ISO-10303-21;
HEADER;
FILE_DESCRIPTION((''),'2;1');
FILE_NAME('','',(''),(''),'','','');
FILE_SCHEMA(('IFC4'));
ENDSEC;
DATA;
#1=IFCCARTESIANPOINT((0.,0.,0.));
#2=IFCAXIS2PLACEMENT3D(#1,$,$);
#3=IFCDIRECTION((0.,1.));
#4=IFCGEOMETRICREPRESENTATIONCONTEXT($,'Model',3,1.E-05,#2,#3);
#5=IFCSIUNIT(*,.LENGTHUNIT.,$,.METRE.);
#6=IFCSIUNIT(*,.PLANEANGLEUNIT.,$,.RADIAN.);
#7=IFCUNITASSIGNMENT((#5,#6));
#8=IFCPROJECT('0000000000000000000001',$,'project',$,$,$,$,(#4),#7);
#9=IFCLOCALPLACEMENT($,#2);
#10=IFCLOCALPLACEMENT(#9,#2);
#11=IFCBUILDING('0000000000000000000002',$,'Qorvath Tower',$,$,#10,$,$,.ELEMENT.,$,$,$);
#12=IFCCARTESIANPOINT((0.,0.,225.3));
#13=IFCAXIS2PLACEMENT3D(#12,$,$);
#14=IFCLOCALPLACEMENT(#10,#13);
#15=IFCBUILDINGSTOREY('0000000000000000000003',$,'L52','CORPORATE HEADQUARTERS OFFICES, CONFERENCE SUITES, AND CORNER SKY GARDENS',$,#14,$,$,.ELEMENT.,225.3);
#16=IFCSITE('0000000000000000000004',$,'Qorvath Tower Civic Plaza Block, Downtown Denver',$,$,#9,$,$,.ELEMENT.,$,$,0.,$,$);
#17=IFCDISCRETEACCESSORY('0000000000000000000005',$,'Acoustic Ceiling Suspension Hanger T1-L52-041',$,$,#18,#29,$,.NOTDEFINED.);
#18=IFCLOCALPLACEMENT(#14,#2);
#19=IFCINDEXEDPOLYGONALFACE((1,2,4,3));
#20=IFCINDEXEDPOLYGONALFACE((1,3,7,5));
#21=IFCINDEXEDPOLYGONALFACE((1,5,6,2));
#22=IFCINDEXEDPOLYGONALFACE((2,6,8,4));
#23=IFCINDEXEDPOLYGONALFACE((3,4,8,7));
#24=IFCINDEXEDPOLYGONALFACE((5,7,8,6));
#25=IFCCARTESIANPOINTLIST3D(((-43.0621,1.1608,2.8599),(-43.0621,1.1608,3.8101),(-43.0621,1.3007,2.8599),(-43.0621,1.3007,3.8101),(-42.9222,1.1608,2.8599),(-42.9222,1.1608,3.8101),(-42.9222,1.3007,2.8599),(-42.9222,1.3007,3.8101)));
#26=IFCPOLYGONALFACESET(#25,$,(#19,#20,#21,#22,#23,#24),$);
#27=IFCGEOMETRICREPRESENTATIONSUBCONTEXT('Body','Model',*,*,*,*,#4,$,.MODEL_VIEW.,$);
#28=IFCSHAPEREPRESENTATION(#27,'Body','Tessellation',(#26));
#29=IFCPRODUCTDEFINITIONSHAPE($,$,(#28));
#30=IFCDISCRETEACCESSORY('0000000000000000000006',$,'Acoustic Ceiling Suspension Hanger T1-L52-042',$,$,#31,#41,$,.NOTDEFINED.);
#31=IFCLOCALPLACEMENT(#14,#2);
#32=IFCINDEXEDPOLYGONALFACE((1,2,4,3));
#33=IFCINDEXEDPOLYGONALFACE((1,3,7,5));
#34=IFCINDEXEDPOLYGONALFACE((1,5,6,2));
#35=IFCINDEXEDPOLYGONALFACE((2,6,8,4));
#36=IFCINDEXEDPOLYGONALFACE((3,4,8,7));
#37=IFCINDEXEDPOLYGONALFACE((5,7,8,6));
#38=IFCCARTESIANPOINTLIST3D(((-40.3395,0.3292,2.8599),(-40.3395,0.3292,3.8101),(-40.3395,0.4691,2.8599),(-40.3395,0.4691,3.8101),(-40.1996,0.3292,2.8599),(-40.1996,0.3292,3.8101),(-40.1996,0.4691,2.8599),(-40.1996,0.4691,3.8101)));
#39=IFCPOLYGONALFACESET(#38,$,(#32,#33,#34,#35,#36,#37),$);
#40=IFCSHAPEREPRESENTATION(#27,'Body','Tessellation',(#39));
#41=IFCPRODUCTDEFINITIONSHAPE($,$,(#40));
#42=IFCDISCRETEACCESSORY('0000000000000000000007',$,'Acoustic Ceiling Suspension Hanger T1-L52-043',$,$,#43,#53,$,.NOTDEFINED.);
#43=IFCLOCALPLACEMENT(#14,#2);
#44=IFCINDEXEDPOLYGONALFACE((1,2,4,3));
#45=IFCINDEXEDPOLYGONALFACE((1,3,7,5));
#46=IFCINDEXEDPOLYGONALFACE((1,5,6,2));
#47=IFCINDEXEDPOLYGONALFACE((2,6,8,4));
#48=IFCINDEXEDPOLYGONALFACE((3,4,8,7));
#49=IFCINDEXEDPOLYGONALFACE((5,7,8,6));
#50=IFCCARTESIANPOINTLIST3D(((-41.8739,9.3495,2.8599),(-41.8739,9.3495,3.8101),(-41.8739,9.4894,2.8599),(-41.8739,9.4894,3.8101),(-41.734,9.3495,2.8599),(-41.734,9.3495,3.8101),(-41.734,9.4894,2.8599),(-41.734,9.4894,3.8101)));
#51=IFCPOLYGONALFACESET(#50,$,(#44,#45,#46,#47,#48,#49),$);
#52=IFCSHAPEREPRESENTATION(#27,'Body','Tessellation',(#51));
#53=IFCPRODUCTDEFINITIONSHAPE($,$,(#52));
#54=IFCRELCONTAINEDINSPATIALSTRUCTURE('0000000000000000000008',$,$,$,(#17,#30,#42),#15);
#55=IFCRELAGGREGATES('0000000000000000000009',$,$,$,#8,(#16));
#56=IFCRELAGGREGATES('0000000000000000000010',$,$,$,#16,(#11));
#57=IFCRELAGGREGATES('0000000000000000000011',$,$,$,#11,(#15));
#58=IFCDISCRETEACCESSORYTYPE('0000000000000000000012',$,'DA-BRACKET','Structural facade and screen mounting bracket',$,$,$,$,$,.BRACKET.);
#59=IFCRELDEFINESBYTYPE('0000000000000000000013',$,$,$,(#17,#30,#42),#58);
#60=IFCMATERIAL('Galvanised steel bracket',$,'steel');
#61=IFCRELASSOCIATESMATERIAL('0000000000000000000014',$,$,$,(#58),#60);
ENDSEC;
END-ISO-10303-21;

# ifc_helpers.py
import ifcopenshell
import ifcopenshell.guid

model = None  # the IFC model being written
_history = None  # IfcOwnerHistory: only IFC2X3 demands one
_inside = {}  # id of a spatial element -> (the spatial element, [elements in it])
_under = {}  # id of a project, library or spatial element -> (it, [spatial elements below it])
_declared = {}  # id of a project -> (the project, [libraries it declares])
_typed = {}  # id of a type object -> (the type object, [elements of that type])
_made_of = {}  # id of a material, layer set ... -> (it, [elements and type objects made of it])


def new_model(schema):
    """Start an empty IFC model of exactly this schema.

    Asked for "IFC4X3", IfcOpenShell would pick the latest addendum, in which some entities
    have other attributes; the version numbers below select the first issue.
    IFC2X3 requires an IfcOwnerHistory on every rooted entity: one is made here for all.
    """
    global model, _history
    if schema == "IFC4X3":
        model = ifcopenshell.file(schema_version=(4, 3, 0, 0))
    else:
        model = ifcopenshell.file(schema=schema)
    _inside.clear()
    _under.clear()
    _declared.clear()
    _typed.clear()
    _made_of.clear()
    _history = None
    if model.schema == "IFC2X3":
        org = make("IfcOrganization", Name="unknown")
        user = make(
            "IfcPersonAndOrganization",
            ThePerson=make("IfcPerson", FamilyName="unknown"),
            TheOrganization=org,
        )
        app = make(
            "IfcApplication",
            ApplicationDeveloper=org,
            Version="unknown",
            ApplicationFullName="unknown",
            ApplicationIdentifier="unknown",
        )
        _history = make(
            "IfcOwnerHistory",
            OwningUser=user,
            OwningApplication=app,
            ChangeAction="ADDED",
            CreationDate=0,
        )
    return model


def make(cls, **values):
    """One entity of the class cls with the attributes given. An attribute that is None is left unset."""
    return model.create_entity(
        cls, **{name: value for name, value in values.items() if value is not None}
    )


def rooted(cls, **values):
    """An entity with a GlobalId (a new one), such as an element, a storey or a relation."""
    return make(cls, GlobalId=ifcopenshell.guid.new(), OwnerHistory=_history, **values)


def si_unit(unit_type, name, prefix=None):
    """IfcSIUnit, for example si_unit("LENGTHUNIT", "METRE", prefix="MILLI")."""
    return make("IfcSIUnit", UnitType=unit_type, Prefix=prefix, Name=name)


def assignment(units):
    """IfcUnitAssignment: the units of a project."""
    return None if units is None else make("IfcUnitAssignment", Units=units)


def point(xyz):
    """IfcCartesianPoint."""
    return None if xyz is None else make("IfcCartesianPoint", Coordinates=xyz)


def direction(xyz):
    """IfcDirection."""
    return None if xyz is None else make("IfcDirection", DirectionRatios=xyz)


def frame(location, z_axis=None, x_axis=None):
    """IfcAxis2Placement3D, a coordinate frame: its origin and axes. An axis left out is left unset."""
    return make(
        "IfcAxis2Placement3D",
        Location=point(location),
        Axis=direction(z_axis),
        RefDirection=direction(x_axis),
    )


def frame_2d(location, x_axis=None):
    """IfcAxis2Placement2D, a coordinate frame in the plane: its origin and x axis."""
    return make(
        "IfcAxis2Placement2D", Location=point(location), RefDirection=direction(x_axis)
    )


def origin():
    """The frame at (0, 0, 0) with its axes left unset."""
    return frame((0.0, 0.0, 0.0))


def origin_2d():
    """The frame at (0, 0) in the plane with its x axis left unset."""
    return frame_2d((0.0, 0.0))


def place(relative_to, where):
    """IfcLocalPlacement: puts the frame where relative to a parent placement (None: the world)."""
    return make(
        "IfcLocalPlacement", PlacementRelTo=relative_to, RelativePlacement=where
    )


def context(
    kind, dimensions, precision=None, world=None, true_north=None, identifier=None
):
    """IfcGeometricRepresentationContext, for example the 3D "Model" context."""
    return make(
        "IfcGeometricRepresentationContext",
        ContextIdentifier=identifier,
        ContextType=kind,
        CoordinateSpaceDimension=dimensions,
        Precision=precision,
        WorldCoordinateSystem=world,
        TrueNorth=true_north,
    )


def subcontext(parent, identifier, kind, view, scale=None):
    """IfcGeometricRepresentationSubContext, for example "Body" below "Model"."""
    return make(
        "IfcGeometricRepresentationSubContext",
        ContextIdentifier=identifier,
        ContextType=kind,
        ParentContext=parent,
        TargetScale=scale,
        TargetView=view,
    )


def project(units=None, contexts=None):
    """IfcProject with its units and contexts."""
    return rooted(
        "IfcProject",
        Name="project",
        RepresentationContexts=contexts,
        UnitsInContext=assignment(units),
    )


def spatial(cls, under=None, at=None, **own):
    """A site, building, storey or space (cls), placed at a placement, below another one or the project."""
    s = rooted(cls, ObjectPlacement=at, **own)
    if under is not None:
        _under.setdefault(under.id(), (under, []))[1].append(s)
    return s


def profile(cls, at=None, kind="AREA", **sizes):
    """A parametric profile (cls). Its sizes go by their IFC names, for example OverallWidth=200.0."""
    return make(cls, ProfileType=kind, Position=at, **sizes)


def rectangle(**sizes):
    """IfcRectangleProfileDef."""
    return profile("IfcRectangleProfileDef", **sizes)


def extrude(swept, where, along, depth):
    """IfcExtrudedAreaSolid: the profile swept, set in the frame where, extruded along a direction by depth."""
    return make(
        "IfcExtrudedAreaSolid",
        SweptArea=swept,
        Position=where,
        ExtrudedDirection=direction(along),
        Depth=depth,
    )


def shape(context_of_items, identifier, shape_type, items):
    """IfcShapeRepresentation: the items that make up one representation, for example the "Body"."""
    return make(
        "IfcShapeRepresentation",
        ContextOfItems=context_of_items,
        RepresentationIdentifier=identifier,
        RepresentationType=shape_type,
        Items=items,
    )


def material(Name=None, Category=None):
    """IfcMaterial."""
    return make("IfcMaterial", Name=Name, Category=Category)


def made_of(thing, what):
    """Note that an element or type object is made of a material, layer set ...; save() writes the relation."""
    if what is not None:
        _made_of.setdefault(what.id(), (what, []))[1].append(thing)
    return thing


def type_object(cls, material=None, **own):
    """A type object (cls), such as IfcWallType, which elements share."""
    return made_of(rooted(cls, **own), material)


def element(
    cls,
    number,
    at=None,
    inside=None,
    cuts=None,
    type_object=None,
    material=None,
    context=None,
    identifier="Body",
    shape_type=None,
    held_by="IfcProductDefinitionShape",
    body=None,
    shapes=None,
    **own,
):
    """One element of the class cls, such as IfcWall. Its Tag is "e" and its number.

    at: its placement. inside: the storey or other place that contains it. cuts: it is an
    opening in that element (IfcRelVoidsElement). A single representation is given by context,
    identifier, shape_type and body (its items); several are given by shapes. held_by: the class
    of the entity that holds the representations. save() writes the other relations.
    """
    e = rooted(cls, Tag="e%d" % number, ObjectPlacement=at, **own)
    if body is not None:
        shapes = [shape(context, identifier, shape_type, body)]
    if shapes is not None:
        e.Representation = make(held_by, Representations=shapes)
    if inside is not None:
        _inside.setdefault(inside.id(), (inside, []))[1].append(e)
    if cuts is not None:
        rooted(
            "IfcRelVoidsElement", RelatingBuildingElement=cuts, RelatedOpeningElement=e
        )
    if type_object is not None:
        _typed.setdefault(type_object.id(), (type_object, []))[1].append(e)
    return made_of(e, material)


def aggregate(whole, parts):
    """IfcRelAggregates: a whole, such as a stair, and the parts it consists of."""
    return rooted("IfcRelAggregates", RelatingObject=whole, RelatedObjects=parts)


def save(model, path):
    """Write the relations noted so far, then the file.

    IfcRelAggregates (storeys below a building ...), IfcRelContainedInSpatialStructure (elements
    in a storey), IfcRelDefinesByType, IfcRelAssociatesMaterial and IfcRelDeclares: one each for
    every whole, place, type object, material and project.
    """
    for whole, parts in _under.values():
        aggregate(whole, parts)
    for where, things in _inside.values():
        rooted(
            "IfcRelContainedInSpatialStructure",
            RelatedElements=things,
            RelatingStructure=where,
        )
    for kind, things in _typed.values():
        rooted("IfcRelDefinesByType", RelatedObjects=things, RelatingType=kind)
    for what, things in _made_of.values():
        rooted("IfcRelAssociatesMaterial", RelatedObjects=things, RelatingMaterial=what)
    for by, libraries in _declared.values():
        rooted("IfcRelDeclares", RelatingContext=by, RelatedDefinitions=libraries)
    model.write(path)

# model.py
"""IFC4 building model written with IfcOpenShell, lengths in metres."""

from ifc_helpers import new_model, si_unit, direction, frame, origin, origin_2d, place, context, subcontext, project, spatial, rectangle, extrude, material, type_object, element, save


model = new_model("IFC4")

# Units and contexts
model_context = context("Model", 3, precision=1e-05, world=origin(), true_north=direction((0.0, 1.0)))
body_context = subcontext(model_context, "Body", "Model", "MODEL_VIEW")
ifc_project = project(units=[si_unit("LENGTHUNIT", "METRE"), si_unit("PLANEANGLEUNIT", "RADIAN")], contexts=[model_context])

# Site, building, storey
site_placement = place(None, origin())
site = spatial("IfcSite", under=ifc_project, at=site_placement, Name="Qorvath Tower Civic Plaza Block, Downtown Denver", CompositionType="ELEMENT", RefElevation=0.0)
building_placement = place(site_placement, origin())
building = spatial("IfcBuilding", under=site, at=building_placement, Name="Qorvath Tower", CompositionType="ELEMENT")
storey_placement = place(building_placement, frame((0.0, 0.0, 225.3)))
storey = spatial("IfcBuildingStorey", under=building, at=storey_placement, Name="L52", Description="CORPORATE HEADQUARTERS OFFICES, CONFERENCE SUITES, AND CORNER SKY GARDENS", CompositionType="ELEMENT", Elevation=225.3)

# Discrete accessories
ifc_material_1 = material(Name="Galvanised steel bracket", Category="steel")
discrete_accessory_type = type_object("IfcDiscreteAccessoryType", Name="DA-BRACKET", Description="Structural facade and screen mounting bracket", PredefinedType="BRACKET", material=ifc_material_1)
for number, where, z_axis, x_axis, name in (
    (1, (-42.9922, 1.2307, 2.8599), (0.0, 0.0, 1.0), (1.0, 0.0, 0.0), "Acoustic Ceiling Suspension Hanger T1-L52-041"),
    (2, (-40.2695, 0.3992, 2.8599), (0.0, 0.0, 1.0), (1.0, 0.0, 0.0), "Acoustic Ceiling Suspension Hanger T1-L52-042"),
    (3, (-41.804, 9.4194, 2.8599), (0.0, 0.0, 1.0), (1.0, 0.0, 0.0), "Acoustic Ceiling Suspension Hanger T1-L52-043"),
):
    element("IfcDiscreteAccessory", number, at=place(storey_placement, frame(where, z_axis=z_axis, x_axis=x_axis)), inside=storey, type_object=discrete_accessory_type, Name=name, PredefinedType="NOTDEFINED", context=body_context, shape_type="SweptSolid", body=[
        extrude(rectangle(XDim=0.1399, YDim=0.1399, at=origin_2d()), origin(), (0.0, 0.0, 1.0), 0.9502),
    ])

save(model, "model.ifc")
